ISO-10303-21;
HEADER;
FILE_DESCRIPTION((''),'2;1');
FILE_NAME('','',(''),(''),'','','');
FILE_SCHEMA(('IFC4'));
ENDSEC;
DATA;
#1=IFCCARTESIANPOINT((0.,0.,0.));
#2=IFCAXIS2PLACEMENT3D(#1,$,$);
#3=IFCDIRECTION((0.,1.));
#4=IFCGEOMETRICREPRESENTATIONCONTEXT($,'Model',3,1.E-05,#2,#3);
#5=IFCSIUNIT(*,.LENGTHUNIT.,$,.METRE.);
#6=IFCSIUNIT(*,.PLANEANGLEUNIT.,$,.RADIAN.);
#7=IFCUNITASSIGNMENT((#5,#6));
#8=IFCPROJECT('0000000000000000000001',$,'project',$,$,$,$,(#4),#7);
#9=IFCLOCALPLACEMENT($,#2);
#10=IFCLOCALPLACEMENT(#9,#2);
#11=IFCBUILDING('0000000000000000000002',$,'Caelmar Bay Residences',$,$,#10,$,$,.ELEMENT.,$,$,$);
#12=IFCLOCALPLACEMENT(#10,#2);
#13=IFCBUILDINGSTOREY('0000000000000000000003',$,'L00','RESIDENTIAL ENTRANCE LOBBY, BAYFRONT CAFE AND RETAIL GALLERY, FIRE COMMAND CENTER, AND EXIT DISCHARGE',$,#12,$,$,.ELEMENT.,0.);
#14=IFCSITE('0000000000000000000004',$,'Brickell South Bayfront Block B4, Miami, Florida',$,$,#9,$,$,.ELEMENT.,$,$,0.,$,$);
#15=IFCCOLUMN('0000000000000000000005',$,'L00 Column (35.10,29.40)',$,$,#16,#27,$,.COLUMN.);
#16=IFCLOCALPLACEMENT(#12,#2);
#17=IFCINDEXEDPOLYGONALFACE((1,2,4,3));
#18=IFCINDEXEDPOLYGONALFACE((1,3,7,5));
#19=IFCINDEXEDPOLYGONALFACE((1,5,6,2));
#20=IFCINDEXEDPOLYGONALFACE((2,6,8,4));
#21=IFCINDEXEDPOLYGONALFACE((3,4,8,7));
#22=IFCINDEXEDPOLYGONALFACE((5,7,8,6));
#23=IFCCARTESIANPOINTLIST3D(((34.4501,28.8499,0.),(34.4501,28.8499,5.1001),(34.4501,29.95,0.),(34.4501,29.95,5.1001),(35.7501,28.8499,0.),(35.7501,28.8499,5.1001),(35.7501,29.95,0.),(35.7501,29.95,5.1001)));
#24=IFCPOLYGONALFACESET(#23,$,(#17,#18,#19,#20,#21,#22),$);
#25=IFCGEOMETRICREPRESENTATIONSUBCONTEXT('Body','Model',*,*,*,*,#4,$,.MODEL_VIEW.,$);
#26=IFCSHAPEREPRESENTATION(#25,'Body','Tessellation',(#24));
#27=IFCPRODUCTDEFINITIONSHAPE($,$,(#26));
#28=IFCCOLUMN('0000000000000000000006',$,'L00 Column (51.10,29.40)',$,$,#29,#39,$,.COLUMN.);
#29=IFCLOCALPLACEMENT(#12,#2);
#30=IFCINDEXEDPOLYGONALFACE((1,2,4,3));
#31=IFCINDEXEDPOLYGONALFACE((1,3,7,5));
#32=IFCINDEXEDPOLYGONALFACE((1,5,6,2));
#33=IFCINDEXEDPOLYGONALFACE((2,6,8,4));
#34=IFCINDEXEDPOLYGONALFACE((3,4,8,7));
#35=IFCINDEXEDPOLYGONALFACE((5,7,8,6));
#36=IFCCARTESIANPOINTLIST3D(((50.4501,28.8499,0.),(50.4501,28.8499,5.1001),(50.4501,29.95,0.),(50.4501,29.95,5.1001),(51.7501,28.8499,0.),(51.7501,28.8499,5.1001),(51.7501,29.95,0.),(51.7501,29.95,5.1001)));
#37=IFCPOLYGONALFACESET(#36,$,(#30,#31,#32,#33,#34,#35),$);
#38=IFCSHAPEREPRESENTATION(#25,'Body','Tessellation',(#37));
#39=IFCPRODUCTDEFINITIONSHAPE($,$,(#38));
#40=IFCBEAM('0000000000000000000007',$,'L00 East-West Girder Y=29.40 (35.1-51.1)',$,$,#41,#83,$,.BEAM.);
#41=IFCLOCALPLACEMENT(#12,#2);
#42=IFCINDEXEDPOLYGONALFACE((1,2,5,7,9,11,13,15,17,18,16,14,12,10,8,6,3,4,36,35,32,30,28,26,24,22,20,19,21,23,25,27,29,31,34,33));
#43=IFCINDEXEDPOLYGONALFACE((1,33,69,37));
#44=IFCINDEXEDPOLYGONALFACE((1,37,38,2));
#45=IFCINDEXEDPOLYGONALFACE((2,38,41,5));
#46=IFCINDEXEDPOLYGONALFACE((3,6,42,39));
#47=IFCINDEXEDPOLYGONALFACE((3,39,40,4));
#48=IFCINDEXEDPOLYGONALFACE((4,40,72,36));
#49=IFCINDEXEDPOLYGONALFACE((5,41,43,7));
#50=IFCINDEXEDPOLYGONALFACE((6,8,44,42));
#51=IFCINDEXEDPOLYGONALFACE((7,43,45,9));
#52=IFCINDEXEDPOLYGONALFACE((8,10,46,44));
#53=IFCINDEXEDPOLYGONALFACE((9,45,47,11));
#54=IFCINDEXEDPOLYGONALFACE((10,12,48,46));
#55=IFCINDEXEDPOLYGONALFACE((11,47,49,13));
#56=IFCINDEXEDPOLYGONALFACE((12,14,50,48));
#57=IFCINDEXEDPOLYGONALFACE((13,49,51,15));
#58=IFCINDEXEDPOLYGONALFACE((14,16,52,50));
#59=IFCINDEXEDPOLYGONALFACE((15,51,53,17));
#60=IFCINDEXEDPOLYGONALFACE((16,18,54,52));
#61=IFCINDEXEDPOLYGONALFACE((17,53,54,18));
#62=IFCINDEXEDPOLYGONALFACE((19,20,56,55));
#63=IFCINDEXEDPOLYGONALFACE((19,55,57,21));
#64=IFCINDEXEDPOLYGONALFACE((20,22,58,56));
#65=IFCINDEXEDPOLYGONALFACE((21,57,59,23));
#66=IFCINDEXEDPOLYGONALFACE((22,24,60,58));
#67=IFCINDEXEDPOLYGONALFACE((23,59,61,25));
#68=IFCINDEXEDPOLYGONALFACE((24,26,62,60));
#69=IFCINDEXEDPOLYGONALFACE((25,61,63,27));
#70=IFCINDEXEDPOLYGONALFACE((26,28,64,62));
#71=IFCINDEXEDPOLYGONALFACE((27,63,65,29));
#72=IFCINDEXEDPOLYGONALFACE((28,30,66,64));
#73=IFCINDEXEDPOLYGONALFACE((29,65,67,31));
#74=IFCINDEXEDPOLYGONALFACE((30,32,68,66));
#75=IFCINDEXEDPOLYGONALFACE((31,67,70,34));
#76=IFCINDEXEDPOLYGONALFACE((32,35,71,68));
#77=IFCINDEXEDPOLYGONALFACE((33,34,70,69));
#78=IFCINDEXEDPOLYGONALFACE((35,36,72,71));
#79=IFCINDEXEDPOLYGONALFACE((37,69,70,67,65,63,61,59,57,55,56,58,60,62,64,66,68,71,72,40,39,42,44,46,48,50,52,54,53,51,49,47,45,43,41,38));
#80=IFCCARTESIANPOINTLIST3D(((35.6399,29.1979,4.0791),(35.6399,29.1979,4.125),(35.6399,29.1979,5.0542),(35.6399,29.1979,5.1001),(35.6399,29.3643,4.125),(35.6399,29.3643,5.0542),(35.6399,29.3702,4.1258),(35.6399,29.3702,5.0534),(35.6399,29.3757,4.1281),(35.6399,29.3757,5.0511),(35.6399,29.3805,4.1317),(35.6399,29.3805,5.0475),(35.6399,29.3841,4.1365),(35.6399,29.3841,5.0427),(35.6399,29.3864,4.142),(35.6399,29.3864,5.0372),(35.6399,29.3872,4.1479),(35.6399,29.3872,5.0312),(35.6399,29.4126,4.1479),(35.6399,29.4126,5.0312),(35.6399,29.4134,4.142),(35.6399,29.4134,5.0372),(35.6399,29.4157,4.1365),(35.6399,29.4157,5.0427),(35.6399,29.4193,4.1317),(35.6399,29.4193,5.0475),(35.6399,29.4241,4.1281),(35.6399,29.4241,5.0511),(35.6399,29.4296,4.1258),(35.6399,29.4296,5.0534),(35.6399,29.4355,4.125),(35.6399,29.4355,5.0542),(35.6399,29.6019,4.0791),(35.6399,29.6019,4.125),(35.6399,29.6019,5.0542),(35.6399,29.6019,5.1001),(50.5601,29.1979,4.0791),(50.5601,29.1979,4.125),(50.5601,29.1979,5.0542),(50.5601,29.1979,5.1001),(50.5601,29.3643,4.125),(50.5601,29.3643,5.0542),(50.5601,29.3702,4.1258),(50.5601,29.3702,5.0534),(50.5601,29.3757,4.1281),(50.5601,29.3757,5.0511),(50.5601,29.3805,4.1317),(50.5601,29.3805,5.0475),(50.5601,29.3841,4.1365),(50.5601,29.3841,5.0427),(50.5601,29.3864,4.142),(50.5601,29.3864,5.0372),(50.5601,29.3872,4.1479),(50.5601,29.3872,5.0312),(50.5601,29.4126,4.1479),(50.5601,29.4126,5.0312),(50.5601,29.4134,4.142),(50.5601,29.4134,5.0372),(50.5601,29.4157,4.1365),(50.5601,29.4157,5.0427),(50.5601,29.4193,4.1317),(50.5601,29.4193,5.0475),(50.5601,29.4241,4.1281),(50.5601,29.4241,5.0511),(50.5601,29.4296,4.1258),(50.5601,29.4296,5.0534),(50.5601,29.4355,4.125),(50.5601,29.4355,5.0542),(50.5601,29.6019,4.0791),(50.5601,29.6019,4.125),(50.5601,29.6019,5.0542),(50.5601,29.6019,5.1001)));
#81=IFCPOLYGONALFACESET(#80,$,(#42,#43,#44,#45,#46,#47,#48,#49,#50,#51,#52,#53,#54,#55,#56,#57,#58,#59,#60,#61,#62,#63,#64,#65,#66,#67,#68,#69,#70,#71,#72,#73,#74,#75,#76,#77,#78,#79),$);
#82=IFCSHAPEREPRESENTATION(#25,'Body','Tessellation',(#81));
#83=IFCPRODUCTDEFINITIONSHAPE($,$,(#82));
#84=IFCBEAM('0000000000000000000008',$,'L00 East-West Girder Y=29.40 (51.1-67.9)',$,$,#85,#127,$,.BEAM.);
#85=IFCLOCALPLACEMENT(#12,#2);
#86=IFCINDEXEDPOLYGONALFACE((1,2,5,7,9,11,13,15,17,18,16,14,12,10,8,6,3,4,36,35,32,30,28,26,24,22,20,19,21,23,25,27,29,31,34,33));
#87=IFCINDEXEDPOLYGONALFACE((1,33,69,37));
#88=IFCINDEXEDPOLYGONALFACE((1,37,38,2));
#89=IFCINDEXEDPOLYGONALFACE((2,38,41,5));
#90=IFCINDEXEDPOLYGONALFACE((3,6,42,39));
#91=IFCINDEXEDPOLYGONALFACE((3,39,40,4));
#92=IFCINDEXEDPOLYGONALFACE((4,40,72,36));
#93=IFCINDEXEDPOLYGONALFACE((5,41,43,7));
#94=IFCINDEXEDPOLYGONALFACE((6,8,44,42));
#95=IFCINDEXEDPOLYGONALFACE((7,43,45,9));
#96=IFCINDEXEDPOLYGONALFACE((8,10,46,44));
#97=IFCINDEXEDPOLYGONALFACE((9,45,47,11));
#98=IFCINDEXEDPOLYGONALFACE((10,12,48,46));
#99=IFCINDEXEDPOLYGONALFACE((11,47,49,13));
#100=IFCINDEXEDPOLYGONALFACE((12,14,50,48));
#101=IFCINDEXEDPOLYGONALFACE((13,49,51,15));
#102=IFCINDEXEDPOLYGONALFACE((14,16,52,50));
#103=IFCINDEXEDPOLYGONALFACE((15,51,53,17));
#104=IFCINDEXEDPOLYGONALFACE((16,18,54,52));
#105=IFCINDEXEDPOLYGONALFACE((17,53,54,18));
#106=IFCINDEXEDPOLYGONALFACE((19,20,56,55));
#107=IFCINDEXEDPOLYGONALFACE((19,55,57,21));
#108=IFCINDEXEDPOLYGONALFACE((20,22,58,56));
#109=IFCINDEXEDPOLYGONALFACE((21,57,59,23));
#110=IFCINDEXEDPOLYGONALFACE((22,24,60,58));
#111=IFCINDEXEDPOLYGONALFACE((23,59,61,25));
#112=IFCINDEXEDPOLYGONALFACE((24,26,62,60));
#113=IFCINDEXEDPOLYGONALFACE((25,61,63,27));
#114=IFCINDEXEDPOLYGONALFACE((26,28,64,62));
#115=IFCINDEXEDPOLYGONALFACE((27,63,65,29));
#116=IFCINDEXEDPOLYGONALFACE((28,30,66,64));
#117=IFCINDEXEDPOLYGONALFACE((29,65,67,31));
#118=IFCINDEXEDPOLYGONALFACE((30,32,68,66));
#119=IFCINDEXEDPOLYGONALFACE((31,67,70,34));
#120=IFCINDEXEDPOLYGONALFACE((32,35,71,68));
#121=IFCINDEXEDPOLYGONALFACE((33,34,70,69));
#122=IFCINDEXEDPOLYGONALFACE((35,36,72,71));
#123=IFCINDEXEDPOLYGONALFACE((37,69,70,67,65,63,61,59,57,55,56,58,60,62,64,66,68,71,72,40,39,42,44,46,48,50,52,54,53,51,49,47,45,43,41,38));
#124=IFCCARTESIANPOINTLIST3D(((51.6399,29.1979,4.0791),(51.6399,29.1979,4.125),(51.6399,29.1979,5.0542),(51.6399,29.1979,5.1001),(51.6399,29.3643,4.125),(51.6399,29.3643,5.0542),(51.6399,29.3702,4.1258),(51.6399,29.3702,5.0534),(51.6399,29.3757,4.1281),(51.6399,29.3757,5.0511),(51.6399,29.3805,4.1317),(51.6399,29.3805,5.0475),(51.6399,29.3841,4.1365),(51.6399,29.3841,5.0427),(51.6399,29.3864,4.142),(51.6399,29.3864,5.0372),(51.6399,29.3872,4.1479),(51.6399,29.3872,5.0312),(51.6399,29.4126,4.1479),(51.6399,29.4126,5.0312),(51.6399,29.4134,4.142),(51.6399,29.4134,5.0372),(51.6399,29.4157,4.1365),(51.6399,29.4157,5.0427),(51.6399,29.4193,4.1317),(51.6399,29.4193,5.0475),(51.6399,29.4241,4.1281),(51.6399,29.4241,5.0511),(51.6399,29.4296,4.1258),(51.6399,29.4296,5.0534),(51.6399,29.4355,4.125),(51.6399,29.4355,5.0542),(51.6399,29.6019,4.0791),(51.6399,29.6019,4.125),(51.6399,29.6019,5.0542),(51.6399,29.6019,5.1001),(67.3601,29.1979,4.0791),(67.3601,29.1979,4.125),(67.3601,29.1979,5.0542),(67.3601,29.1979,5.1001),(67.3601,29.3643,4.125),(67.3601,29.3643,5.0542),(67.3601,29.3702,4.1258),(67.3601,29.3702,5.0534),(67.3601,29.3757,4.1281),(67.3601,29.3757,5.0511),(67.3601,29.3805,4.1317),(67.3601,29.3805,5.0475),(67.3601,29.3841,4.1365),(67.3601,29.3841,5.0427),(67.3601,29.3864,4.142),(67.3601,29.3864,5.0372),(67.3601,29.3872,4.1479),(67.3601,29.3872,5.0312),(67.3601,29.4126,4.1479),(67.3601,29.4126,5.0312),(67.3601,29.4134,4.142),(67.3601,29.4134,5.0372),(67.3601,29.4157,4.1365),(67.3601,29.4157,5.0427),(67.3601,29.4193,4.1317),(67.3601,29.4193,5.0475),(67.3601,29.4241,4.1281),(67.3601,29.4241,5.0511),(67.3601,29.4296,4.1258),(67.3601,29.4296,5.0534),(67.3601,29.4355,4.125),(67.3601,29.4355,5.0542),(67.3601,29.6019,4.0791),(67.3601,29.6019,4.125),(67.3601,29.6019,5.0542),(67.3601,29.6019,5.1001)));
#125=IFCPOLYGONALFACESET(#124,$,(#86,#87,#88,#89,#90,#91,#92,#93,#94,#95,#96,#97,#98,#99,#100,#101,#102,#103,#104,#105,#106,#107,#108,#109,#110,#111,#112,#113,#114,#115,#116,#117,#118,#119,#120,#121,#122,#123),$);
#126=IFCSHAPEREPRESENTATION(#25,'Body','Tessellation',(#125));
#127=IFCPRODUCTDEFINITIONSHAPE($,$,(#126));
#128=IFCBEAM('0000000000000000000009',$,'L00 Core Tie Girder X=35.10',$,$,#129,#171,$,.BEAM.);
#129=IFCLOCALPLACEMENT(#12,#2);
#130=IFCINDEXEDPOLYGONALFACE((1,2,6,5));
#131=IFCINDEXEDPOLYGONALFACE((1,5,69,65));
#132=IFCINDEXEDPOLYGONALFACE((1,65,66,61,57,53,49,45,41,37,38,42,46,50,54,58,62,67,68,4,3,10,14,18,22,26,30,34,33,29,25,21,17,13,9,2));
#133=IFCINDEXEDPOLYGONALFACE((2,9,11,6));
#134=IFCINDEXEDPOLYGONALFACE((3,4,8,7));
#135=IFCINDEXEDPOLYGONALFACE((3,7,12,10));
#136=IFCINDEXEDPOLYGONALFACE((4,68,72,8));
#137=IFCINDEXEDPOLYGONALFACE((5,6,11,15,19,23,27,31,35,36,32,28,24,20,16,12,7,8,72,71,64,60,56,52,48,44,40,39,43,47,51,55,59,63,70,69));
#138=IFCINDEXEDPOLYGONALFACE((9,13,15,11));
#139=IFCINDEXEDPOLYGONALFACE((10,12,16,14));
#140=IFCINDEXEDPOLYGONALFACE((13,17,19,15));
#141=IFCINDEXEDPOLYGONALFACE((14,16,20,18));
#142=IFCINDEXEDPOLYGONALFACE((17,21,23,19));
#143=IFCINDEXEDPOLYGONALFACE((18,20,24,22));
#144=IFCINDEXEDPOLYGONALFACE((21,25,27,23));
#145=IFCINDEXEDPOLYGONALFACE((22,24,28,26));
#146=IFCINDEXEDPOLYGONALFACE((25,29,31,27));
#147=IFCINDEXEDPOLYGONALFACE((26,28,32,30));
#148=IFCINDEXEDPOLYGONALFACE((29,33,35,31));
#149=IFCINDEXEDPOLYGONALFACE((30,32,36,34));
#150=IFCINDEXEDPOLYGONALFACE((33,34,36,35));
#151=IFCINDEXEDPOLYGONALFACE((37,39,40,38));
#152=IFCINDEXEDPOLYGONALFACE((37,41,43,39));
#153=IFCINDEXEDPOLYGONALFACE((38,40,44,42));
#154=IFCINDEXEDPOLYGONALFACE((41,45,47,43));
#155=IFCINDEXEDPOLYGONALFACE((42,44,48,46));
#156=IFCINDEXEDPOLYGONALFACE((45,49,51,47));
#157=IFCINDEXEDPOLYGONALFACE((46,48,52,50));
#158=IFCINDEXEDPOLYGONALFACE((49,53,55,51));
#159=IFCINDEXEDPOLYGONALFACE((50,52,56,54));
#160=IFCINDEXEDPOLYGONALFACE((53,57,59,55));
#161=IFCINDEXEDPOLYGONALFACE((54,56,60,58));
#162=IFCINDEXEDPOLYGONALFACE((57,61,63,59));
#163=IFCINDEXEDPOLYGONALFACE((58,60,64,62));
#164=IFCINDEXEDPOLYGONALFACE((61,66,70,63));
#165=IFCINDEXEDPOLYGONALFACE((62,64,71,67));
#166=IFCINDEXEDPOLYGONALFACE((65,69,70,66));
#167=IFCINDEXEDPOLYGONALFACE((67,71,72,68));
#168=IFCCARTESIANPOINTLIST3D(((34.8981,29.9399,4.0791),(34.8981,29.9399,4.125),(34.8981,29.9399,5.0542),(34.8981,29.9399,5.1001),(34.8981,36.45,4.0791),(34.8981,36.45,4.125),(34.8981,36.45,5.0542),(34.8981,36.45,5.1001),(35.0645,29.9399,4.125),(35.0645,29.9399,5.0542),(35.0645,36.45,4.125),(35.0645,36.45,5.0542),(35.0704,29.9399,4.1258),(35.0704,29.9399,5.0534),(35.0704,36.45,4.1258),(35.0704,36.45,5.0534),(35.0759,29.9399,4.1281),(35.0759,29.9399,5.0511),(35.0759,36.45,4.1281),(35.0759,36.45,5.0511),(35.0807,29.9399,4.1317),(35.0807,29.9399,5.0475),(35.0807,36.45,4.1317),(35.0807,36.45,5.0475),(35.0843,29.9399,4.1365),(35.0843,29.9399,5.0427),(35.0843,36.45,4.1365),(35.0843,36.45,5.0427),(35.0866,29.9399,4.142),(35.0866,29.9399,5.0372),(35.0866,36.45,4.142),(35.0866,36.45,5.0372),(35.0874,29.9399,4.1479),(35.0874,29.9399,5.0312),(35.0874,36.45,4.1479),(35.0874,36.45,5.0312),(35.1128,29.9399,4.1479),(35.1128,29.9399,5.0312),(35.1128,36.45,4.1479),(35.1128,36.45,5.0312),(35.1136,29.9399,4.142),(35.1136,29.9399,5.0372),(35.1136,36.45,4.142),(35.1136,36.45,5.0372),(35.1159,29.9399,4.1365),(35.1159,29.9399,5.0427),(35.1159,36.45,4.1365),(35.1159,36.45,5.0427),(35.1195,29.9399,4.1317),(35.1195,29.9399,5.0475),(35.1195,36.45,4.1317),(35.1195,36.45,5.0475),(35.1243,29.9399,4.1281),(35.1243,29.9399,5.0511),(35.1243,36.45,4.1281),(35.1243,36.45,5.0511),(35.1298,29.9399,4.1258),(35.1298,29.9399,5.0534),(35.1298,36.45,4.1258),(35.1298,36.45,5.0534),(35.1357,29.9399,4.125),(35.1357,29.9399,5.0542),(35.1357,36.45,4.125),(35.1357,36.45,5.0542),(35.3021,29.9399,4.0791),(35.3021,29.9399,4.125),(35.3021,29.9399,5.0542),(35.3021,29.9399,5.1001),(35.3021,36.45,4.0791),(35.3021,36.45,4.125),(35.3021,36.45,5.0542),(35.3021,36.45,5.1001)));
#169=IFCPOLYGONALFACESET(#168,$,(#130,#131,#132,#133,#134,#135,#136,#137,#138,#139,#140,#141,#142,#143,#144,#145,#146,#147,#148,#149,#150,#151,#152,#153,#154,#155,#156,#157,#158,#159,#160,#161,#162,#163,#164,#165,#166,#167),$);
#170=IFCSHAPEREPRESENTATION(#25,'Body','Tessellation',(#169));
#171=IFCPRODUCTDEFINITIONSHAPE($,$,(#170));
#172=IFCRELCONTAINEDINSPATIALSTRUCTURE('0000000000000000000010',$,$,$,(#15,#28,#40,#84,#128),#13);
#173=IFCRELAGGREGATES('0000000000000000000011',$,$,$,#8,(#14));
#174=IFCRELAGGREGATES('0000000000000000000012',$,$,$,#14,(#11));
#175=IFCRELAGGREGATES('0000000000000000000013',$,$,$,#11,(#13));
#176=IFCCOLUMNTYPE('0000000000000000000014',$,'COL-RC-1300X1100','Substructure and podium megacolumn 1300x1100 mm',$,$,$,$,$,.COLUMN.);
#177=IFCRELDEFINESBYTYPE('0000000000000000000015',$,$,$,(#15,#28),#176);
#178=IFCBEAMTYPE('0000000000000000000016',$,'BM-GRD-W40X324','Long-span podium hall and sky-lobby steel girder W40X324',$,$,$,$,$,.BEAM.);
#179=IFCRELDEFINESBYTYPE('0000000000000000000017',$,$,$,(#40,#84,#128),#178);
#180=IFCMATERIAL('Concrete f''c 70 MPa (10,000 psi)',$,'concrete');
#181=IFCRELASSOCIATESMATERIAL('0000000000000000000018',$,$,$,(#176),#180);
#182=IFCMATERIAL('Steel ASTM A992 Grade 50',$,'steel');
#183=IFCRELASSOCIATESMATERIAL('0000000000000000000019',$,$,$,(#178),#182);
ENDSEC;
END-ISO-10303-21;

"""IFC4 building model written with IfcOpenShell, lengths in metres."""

from ifc_helpers import new_model, si_unit, direction, frame, origin, origin_2d, place, context, subcontext, project, spatial, rectangle, i_section, extrude, material, material_profile, profile_set, type_object, element, save


model = new_model("IFC4")

# Units and contexts
model_context = context("Model", 3, precision=1e-05, world=origin(), true_north=direction((0.0, 1.0)))
body_context = subcontext(model_context, "Body", "Model", "MODEL_VIEW")
ifc_project = project(units=[si_unit("LENGTHUNIT", "METRE"), si_unit("PLANEANGLEUNIT", "RADIAN")], contexts=[model_context])

# Site, building, storey
site_placement = place(None, origin())
site = spatial("IfcSite", under=ifc_project, at=site_placement, Name="Brickell South Bayfront Block B4, Miami, Florida", CompositionType="ELEMENT", RefElevation=0.0)
building_placement = place(site_placement, origin())
building = spatial("IfcBuilding", under=site, at=building_placement, Name="Caelmar Bay Residences", CompositionType="ELEMENT")
storey_placement = place(building_placement, origin())
storey = spatial("IfcBuildingStorey", under=building, at=storey_placement, Name="L00", Description="RESIDENTIAL ENTRANCE LOBBY, BAYFRONT CAFE AND RETAIL GALLERY, FIRE COMMAND CENTER, AND EXIT DISCHARGE", CompositionType="ELEMENT", Elevation=0.0)

# Columns
ifc_material_1 = material(Name="Concrete f'c 70 MPa (10,000 psi)", Category="concrete")
ifc_material_profile_1 = material_profile(ifc_material_1, rectangle(XDim=1.3, YDim=1.1001, at=origin_2d()), Name="RC-COL-1300X1100")
ifc_profile_set_1 = profile_set([ifc_material_profile_1], Name="Concrete f'c 70 MPa (10,000 psi)")
column_type = type_object("IfcColumnType", Name="COL-RC-1300X1100", Description="Substructure and podium megacolumn 1300x1100 mm", PredefinedType="COLUMN", material=ifc_profile_set_1)
for number, where, z_axis, x_axis, name in (
    (1, (35.1001, 29.3999, 0.0), (0.0, 0.0, 1.0), (1.0, 0.0, 0.0), "L00 Column (35.10,29.40)"),
    (2, (51.1001, 29.3999, 0.0), (0.0, 0.0, 1.0), (1.0, 0.0, 0.0), "L00 Column (51.10,29.40)"),
):
    element("IfcColumn", number, at=place(storey_placement, frame(where, z_axis=z_axis, x_axis=x_axis)), inside=storey, type_object=column_type, Name=name, PredefinedType="COLUMN", context=body_context, shape_type="SweptSolid", body=[
        extrude(rectangle(XDim=1.3, YDim=1.1001, at=origin_2d()), origin(), (0.0, 0.0, 1.0), 5.1001),
    ])

# Beams
ifc_material_2 = material(Name="Steel ASTM A992 Grade 50", Category="steel")
ifc_material_profile_2 = material_profile(ifc_material_2, i_section(OverallWidth=0.4041, OverallDepth=1.021, WebThickness=0.0254, FlangeThickness=0.0459, FilletRadius=0.0229, at=origin_2d()), Name="W40X324")
ifc_profile_set_2 = profile_set([ifc_material_profile_2], Name="Steel ASTM A992 Grade 50")
beam_type = type_object("IfcBeamType", Name="BM-GRD-W40X324", Description="Long-span podium hall and sky-lobby steel girder W40X324", PredefinedType="BEAM", material=ifc_profile_set_2)
beam_1_placement = place(storey_placement, frame((35.6399, 29.3999, 4.5896), z_axis=(1.0, 0.0, 0.0), x_axis=(0.0, 1.0, 0.0)))
element("IfcBeam", 3, at=beam_1_placement, inside=storey, type_object=beam_type, Name="L00 East-West Girder Y=29.40 (35.1-51.1)", PredefinedType="BEAM", context=body_context, shape_type="SweptSolid", body=[
    extrude(i_section(OverallWidth=0.4041, OverallDepth=1.021, WebThickness=0.0254, FlangeThickness=0.0459, FilletRadius=0.0229, at=origin_2d()), origin(), (0.0, 0.0, 1.0), 14.9202),
])
beam_2_placement = place(storey_placement, frame((51.6399, 29.3999, 4.5896), z_axis=(1.0, 0.0, 0.0), x_axis=(0.0, 1.0, 0.0)))
element("IfcBeam", 4, at=beam_2_placement, inside=storey, type_object=beam_type, Name="L00 East-West Girder Y=29.40 (51.1-67.9)", PredefinedType="BEAM", context=body_context, shape_type="SweptSolid", body=[
    extrude(i_section(OverallWidth=0.4041, OverallDepth=1.021, WebThickness=0.0254, FlangeThickness=0.0459, FilletRadius=0.0229, at=origin_2d()), origin(), (0.0, 0.0, 1.0), 15.7202),
])
for number, where, z_axis, x_axis, name in (
    (5, (35.1001, 29.9399, 4.5896), (0.0, 1.0, 0.0), (-1.0, 0.0, 0.0), "L00 Core Tie Girder X=35.10"),
):
    element("IfcBeam", number, at=place(storey_placement, frame(where, z_axis=z_axis, x_axis=x_axis)), inside=storey, type_object=beam_type, Name=name, PredefinedType="BEAM", context=body_context, shape_type="SweptSolid", body=[
        extrude(i_section(OverallWidth=0.4041, OverallDepth=1.021, WebThickness=0.0254, FlangeThickness=0.0459, FilletRadius=0.0229, at=origin_2d()), origin(), (0.0, 0.0, 1.0), 6.51),
    ])

save(model, "model.ifc")
